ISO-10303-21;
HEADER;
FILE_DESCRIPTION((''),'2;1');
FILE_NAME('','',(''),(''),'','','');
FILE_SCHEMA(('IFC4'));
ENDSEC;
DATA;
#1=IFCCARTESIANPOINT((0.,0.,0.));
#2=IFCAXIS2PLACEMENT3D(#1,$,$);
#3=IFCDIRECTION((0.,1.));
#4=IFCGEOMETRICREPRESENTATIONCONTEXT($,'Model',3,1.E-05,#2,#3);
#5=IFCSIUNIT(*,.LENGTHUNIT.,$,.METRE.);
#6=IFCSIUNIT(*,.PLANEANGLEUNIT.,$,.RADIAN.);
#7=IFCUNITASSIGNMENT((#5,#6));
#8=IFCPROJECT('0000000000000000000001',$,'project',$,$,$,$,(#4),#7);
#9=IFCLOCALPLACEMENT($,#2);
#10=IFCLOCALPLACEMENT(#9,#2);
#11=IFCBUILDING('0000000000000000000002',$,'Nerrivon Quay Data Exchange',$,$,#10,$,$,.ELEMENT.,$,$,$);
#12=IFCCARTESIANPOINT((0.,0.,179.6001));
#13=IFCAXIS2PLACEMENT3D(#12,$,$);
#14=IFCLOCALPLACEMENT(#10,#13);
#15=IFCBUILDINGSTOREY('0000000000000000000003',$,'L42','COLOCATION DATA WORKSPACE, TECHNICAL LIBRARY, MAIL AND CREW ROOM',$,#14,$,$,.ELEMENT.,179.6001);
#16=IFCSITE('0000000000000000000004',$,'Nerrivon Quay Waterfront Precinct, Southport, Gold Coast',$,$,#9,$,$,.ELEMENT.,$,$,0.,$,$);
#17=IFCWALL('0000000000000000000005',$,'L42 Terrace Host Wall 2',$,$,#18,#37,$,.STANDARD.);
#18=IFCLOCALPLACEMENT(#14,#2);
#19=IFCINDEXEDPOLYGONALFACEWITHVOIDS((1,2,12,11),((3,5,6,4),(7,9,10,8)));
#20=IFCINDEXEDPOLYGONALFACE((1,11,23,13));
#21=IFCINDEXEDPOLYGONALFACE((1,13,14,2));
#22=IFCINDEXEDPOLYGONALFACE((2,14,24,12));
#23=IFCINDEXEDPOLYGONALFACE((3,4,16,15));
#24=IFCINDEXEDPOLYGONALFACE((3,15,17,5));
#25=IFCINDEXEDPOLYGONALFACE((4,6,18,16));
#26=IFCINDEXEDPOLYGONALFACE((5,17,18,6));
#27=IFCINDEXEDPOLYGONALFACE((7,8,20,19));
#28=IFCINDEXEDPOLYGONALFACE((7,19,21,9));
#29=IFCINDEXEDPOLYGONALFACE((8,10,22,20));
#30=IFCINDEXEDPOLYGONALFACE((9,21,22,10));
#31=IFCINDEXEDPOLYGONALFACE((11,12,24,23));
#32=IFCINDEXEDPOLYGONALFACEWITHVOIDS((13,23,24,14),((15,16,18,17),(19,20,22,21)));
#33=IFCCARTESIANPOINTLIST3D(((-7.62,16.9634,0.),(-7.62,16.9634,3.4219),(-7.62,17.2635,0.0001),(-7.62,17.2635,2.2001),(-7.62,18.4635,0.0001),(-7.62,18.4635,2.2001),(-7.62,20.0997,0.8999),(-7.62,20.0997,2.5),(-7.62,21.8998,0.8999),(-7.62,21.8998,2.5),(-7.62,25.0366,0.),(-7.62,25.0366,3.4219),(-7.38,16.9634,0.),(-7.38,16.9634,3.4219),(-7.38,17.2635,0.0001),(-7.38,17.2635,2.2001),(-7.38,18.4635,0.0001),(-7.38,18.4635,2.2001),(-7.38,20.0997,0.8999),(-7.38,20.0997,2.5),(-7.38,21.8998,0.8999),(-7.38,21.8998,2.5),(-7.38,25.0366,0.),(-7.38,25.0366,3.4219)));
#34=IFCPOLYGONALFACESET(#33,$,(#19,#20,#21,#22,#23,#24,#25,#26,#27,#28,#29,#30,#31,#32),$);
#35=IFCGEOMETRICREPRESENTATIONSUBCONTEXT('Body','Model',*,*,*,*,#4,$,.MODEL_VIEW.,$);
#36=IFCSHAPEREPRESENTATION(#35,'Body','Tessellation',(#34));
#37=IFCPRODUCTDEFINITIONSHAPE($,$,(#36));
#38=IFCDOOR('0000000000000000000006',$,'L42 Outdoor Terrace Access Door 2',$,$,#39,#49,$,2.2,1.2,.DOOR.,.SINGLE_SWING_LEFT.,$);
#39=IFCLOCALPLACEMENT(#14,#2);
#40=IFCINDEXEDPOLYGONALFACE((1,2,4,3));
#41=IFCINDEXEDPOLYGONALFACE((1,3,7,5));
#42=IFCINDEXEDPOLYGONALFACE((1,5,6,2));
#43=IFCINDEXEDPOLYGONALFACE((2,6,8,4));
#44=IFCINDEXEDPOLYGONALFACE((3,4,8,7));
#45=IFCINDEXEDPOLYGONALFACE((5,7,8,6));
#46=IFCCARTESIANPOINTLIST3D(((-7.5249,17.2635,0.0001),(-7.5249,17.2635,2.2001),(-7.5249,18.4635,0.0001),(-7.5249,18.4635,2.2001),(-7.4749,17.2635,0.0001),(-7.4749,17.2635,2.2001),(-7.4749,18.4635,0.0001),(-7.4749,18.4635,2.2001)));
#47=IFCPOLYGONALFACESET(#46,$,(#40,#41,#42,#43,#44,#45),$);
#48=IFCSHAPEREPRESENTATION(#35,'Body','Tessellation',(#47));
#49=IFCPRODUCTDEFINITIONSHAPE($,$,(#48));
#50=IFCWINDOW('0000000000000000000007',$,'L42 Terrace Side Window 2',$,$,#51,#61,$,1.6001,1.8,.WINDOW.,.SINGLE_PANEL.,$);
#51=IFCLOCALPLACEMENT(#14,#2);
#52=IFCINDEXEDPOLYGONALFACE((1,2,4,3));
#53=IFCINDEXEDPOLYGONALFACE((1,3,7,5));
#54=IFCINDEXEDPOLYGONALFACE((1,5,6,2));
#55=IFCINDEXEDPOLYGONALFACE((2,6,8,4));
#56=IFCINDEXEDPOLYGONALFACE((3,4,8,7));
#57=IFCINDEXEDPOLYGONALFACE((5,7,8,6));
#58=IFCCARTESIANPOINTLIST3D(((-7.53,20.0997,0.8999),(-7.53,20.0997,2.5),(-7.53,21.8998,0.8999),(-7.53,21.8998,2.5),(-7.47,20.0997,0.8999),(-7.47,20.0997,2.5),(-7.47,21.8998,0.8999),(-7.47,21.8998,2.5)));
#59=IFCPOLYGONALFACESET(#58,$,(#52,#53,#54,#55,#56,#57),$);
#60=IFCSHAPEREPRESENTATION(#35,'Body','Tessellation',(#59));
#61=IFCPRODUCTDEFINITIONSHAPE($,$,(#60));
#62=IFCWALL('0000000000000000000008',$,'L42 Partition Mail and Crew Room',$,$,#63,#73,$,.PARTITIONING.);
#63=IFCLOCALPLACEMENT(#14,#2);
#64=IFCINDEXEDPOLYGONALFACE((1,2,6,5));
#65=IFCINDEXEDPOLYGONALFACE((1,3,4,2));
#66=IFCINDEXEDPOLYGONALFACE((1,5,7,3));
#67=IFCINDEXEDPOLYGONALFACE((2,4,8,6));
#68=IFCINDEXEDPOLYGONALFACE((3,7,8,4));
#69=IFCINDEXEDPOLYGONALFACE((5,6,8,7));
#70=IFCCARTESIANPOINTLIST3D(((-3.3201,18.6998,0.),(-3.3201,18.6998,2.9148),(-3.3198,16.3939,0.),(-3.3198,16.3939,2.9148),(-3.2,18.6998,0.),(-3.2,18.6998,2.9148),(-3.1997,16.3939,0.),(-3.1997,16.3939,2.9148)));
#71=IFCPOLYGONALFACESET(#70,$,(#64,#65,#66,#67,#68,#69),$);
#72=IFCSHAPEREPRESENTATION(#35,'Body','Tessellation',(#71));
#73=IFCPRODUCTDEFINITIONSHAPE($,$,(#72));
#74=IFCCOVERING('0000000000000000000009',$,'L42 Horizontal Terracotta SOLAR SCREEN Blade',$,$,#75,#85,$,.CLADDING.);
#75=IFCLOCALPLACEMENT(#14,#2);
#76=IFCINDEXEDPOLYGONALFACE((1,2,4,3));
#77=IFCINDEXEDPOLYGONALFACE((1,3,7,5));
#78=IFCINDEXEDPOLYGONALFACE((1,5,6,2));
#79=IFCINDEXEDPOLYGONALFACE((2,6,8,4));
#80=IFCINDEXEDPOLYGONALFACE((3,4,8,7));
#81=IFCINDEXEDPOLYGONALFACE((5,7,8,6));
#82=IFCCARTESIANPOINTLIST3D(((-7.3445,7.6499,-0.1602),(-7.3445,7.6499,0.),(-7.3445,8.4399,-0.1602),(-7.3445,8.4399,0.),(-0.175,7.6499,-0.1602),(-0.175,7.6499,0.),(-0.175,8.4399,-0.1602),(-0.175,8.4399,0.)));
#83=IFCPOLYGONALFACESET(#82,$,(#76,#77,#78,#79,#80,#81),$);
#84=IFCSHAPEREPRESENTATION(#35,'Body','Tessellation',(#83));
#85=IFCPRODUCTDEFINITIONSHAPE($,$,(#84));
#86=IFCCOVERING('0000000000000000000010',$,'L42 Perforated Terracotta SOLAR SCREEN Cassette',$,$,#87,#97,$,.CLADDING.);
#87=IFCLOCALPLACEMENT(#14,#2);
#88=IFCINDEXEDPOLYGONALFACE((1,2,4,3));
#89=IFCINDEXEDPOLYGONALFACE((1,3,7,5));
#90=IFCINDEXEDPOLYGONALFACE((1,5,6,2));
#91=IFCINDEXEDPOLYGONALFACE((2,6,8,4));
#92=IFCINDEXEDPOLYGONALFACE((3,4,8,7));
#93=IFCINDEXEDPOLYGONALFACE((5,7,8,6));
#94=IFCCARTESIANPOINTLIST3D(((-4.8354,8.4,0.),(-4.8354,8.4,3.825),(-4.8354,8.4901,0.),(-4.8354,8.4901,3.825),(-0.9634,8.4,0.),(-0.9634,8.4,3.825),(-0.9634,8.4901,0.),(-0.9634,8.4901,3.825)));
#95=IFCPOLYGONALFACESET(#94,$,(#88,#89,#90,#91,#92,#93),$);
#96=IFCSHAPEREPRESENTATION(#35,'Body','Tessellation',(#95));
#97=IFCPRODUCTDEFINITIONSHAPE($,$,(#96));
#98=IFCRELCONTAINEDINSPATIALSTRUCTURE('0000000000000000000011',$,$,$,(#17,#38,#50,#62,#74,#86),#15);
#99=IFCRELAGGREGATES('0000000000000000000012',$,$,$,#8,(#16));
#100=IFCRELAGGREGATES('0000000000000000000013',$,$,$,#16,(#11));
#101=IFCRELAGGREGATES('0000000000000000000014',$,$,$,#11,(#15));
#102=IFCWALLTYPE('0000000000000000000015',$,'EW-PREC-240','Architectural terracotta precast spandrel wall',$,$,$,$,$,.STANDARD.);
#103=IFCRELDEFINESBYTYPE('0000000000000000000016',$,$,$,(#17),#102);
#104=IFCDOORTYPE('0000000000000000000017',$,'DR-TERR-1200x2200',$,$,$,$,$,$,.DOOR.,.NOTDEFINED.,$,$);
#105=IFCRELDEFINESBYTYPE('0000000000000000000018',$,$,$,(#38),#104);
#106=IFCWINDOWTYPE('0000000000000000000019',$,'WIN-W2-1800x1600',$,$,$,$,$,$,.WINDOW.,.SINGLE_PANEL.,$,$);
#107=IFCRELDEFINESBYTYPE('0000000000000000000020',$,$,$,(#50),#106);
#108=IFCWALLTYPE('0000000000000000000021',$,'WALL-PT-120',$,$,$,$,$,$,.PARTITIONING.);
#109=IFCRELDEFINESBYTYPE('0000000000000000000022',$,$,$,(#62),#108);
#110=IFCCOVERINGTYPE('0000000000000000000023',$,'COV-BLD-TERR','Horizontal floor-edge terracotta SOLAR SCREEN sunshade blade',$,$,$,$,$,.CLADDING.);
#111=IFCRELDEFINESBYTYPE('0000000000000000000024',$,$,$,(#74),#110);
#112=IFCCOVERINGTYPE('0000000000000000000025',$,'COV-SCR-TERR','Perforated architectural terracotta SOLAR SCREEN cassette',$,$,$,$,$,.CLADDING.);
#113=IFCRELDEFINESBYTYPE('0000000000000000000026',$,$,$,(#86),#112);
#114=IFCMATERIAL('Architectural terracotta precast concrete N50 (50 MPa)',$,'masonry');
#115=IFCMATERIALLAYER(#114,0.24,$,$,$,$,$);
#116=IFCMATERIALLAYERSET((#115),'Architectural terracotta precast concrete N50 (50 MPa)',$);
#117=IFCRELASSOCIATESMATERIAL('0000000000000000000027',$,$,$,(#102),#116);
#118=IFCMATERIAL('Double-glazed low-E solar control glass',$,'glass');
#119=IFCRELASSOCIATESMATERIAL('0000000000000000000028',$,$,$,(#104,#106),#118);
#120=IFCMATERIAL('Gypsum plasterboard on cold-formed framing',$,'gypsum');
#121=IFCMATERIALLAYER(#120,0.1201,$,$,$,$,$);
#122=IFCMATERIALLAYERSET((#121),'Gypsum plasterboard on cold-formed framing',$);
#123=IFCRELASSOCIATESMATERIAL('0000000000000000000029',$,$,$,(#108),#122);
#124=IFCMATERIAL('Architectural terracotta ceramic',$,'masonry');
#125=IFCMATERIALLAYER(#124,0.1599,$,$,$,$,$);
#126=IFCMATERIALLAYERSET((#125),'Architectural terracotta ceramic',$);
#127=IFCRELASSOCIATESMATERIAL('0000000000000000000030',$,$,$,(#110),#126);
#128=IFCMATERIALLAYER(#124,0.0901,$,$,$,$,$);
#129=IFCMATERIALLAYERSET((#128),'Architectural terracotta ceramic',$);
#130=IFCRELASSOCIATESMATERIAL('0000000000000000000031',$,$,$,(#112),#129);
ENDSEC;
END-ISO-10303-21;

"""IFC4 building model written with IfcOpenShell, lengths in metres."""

from ifc_helpers import new_model, si_unit, direction, frame, frame_2d, origin, origin_2d, place, context, subcontext, project, spatial, polyline, rectangle, outline, extrude, material, layer, layer_set, type_object, element, fill, save


model = new_model("IFC4")

# Units and contexts
model_context = context("Model", 3, precision=1e-05, world=origin(), true_north=direction((0.0, 1.0)))
body_context = subcontext(model_context, "Body", "Model", "MODEL_VIEW")
ifc_project = project(units=[si_unit("LENGTHUNIT", "METRE"), si_unit("PLANEANGLEUNIT", "RADIAN")], contexts=[model_context])

# Site, building, storey
site_placement = place(None, origin())
site = spatial("IfcSite", under=ifc_project, at=site_placement, Name="Nerrivon Quay Waterfront Precinct, Southport, Gold Coast", CompositionType="ELEMENT", RefElevation=0.0)
building_placement = place(site_placement, origin())
building = spatial("IfcBuilding", under=site, at=building_placement, Name="Nerrivon Quay Data Exchange", CompositionType="ELEMENT")
storey_placement = place(building_placement, frame((0.0, 0.0, 179.6001)))
storey = spatial("IfcBuildingStorey", under=building, at=storey_placement, Name="L42", Description="COLOCATION DATA WORKSPACE, TECHNICAL LIBRARY, MAIL AND CREW ROOM", CompositionType="ELEMENT", Elevation=179.6001)

# Shared definitions
ifc_material_1 = material(Name="Double-glazed low-E solar control glass", Category="glass")

# Wall, openings, door, window
ifc_material_2 = material(Name="Architectural terracotta precast concrete N50 (50 MPa)", Category="masonry")
ifc_layer_1 = layer(ifc_material_2, 0.24)
ifc_layer_set_1 = layer_set([ifc_layer_1], Name="Architectural terracotta precast concrete N50 (50 MPa)")
wall_type_1 = type_object("IfcWallType", Name="EW-PREC-240", Description="Architectural terracotta precast spandrel wall", PredefinedType="STANDARD", material=ifc_layer_set_1)
door_type = type_object("IfcDoorType", Name="DR-TERR-1200x2200", OperationType="NOTDEFINED", PredefinedType="DOOR", material=ifc_material_1)
wall_1_placement = place(storey_placement, frame((-7.5, 16.9634, 0.0), z_axis=(0.0, 0.0, 1.0), x_axis=(0.0, 1.0, 0.0)))
wall_1 = element("IfcWall", 1, at=wall_1_placement, inside=storey, type_object=wall_type_1, Name="L42 Terrace Host Wall 2", PredefinedType="STANDARD", context=body_context, shape_type="SweptSolid", body=[
    extrude(rectangle(XDim=8.0732, YDim=0.24, at=frame_2d((4.0366, 0.0))), origin(), (0.0, 0.0, 1.0), 3.4219),
])
opening_1_placement = place(wall_1_placement, frame((0.3, 0.0, 0.0)))
opening_1 = element("IfcOpeningElement", 2, at=opening_1_placement, cuts=wall_1, PredefinedType="OPENING", context=body_context, shape_type="SweptSolid", body=[
    extrude(rectangle(XDim=1.2, YDim=2.2, at=frame_2d((0.6001, 1.1001))), frame((0.0, 0.1299, 0.0), z_axis=(0.0, -1.0, 0.0), x_axis=(1.0, 0.0, 0.0)), (0.0, 0.0, 1.0), 0.26),
])
opening_2_placement = place(wall_1_placement, frame((3.1365, 0.0, 0.8999)))
opening_2 = element("IfcOpeningElement", 3, at=opening_2_placement, cuts=wall_1, PredefinedType="OPENING", context=body_context, shape_type="SweptSolid", body=[
    extrude(rectangle(XDim=1.8, YDim=1.6001, at=frame_2d((0.8999, 0.8))), frame((0.0, 0.1299, 0.0), z_axis=(0.0, -1.0, 0.0), x_axis=(1.0, 0.0, 0.0)), (0.0, 0.0, 1.0), 0.26),
])
door_1_placement = place(opening_1_placement, origin())
door_1 = element("IfcDoor", 4, at=door_1_placement, inside=storey, type_object=door_type, Name="L42 Outdoor Terrace Access Door 2", OperationType="SINGLE_SWING_LEFT", OverallHeight=2.2, OverallWidth=1.2, PredefinedType="DOOR", context=body_context, shape_type="SweptSolid", body=[
    extrude(rectangle(XDim=1.2, YDim=2.2, at=frame_2d((0.6001, 1.1001))), frame((0.0, 0.0249, 0.0), z_axis=(0.0, -1.0, 0.0), x_axis=(1.0, 0.0, 0.0)), (0.0, 0.0, 1.0), 0.05),
])
fill(opening_1, door_1)
window_type_1 = type_object("IfcWindowType", Name="WIN-W2-1800x1600", PartitioningType="SINGLE_PANEL", PredefinedType="WINDOW", material=ifc_material_1)
window_1_placement = place(opening_2_placement, origin())
window_1 = element("IfcWindow", 5, at=window_1_placement, inside=storey, type_object=window_type_1, Name="L42 Terrace Side Window 2", OverallHeight=1.6001, OverallWidth=1.8, PartitioningType="SINGLE_PANEL", PredefinedType="WINDOW", context=body_context, shape_type="SweptSolid", body=[
    extrude(rectangle(XDim=1.8, YDim=1.6001, at=frame_2d((0.8999, 0.8))), frame((0.0, 0.03, 0.0), z_axis=(0.0, -1.0, 0.0), x_axis=(1.0, 0.0, 0.0)), (0.0, 0.0, 1.0), 0.0601),
])
fill(opening_2, window_1)

# Wall
ifc_material_3 = material(Name="Gypsum plasterboard on cold-formed framing", Category="gypsum")
ifc_layer_2 = layer(ifc_material_3, 0.1201)
ifc_layer_set_2 = layer_set([ifc_layer_2], Name="Gypsum plasterboard on cold-formed framing")
wall_type_2 = type_object("IfcWallType", Name="WALL-PT-120", PredefinedType="PARTITIONING", material=ifc_layer_set_2)
wall_2_placement = place(storey_placement, frame((-3.2598, 16.394, 0.0), z_axis=(0.0, 0.0, 1.0), x_axis=(-0.000106, 1.0, 0.0)))
element("IfcWall", 6, at=wall_2_placement, inside=storey, type_object=wall_type_2, Name="L42 Partition Mail and Crew Room", PredefinedType="PARTITIONING", context=body_context, shape_type="SweptSolid", body=[
    extrude(rectangle(XDim=2.3059, YDim=0.1201, at=frame_2d((1.1528, 0.0))), origin(), (0.0, 0.0, 1.0), 2.9148),
])

# Coverings
ifc_material_4 = material(Name="Architectural terracotta ceramic", Category="masonry")
ifc_layer_3 = layer(ifc_material_4, 0.1599)
ifc_layer_set_3 = layer_set([ifc_layer_3], Name="Architectural terracotta ceramic")
covering_type_1 = type_object("IfcCoveringType", Name="COV-BLD-TERR", Description="Horizontal floor-edge terracotta SOLAR SCREEN sunshade blade", PredefinedType="CLADDING", material=ifc_layer_set_3)
covering_1_placement = place(storey_placement, frame((0.0, 0.0, -0.1602)))
element("IfcCovering", 7, at=covering_1_placement, inside=storey, type_object=covering_type_1, Name="L42 Horizontal Terracotta SOLAR SCREEN Blade", PredefinedType="CLADDING", context=body_context, shape_type="SweptSolid", body=[
    extrude(outline(polyline([(-0.175, 8.4399), (-7.3445, 8.4399), (-7.3445, 7.6499), (-0.175, 7.6499), (-0.175, 8.4399)])), origin(), (0.0, 0.0, 1.0), 0.1602),
])
ifc_layer_4 = layer(ifc_material_4, 0.0901)
ifc_layer_set_4 = layer_set([ifc_layer_4], Name="Architectural terracotta ceramic")
covering_type_2 = type_object("IfcCoveringType", Name="COV-SCR-TERR", Description="Perforated architectural terracotta SOLAR SCREEN cassette", PredefinedType="CLADDING", material=ifc_layer_set_4)
covering_2_placement = place(storey_placement, frame((-2.8994, 8.4451, 0.0), z_axis=(0.0, 0.0, 1.0), x_axis=(-1.0, 0.0, 0.0)))
element("IfcCovering", 8, at=covering_2_placement, inside=storey, type_object=covering_type_2, Name="L42 Perforated Terracotta SOLAR SCREEN Cassette", PredefinedType="CLADDING", context=body_context, shape_type="SweptSolid", body=[
    extrude(rectangle(XDim=3.8721, YDim=0.0901, at=origin_2d()), origin(), (0.0, 0.0, 1.0), 3.825),
])

save(model, "model.ifc")
